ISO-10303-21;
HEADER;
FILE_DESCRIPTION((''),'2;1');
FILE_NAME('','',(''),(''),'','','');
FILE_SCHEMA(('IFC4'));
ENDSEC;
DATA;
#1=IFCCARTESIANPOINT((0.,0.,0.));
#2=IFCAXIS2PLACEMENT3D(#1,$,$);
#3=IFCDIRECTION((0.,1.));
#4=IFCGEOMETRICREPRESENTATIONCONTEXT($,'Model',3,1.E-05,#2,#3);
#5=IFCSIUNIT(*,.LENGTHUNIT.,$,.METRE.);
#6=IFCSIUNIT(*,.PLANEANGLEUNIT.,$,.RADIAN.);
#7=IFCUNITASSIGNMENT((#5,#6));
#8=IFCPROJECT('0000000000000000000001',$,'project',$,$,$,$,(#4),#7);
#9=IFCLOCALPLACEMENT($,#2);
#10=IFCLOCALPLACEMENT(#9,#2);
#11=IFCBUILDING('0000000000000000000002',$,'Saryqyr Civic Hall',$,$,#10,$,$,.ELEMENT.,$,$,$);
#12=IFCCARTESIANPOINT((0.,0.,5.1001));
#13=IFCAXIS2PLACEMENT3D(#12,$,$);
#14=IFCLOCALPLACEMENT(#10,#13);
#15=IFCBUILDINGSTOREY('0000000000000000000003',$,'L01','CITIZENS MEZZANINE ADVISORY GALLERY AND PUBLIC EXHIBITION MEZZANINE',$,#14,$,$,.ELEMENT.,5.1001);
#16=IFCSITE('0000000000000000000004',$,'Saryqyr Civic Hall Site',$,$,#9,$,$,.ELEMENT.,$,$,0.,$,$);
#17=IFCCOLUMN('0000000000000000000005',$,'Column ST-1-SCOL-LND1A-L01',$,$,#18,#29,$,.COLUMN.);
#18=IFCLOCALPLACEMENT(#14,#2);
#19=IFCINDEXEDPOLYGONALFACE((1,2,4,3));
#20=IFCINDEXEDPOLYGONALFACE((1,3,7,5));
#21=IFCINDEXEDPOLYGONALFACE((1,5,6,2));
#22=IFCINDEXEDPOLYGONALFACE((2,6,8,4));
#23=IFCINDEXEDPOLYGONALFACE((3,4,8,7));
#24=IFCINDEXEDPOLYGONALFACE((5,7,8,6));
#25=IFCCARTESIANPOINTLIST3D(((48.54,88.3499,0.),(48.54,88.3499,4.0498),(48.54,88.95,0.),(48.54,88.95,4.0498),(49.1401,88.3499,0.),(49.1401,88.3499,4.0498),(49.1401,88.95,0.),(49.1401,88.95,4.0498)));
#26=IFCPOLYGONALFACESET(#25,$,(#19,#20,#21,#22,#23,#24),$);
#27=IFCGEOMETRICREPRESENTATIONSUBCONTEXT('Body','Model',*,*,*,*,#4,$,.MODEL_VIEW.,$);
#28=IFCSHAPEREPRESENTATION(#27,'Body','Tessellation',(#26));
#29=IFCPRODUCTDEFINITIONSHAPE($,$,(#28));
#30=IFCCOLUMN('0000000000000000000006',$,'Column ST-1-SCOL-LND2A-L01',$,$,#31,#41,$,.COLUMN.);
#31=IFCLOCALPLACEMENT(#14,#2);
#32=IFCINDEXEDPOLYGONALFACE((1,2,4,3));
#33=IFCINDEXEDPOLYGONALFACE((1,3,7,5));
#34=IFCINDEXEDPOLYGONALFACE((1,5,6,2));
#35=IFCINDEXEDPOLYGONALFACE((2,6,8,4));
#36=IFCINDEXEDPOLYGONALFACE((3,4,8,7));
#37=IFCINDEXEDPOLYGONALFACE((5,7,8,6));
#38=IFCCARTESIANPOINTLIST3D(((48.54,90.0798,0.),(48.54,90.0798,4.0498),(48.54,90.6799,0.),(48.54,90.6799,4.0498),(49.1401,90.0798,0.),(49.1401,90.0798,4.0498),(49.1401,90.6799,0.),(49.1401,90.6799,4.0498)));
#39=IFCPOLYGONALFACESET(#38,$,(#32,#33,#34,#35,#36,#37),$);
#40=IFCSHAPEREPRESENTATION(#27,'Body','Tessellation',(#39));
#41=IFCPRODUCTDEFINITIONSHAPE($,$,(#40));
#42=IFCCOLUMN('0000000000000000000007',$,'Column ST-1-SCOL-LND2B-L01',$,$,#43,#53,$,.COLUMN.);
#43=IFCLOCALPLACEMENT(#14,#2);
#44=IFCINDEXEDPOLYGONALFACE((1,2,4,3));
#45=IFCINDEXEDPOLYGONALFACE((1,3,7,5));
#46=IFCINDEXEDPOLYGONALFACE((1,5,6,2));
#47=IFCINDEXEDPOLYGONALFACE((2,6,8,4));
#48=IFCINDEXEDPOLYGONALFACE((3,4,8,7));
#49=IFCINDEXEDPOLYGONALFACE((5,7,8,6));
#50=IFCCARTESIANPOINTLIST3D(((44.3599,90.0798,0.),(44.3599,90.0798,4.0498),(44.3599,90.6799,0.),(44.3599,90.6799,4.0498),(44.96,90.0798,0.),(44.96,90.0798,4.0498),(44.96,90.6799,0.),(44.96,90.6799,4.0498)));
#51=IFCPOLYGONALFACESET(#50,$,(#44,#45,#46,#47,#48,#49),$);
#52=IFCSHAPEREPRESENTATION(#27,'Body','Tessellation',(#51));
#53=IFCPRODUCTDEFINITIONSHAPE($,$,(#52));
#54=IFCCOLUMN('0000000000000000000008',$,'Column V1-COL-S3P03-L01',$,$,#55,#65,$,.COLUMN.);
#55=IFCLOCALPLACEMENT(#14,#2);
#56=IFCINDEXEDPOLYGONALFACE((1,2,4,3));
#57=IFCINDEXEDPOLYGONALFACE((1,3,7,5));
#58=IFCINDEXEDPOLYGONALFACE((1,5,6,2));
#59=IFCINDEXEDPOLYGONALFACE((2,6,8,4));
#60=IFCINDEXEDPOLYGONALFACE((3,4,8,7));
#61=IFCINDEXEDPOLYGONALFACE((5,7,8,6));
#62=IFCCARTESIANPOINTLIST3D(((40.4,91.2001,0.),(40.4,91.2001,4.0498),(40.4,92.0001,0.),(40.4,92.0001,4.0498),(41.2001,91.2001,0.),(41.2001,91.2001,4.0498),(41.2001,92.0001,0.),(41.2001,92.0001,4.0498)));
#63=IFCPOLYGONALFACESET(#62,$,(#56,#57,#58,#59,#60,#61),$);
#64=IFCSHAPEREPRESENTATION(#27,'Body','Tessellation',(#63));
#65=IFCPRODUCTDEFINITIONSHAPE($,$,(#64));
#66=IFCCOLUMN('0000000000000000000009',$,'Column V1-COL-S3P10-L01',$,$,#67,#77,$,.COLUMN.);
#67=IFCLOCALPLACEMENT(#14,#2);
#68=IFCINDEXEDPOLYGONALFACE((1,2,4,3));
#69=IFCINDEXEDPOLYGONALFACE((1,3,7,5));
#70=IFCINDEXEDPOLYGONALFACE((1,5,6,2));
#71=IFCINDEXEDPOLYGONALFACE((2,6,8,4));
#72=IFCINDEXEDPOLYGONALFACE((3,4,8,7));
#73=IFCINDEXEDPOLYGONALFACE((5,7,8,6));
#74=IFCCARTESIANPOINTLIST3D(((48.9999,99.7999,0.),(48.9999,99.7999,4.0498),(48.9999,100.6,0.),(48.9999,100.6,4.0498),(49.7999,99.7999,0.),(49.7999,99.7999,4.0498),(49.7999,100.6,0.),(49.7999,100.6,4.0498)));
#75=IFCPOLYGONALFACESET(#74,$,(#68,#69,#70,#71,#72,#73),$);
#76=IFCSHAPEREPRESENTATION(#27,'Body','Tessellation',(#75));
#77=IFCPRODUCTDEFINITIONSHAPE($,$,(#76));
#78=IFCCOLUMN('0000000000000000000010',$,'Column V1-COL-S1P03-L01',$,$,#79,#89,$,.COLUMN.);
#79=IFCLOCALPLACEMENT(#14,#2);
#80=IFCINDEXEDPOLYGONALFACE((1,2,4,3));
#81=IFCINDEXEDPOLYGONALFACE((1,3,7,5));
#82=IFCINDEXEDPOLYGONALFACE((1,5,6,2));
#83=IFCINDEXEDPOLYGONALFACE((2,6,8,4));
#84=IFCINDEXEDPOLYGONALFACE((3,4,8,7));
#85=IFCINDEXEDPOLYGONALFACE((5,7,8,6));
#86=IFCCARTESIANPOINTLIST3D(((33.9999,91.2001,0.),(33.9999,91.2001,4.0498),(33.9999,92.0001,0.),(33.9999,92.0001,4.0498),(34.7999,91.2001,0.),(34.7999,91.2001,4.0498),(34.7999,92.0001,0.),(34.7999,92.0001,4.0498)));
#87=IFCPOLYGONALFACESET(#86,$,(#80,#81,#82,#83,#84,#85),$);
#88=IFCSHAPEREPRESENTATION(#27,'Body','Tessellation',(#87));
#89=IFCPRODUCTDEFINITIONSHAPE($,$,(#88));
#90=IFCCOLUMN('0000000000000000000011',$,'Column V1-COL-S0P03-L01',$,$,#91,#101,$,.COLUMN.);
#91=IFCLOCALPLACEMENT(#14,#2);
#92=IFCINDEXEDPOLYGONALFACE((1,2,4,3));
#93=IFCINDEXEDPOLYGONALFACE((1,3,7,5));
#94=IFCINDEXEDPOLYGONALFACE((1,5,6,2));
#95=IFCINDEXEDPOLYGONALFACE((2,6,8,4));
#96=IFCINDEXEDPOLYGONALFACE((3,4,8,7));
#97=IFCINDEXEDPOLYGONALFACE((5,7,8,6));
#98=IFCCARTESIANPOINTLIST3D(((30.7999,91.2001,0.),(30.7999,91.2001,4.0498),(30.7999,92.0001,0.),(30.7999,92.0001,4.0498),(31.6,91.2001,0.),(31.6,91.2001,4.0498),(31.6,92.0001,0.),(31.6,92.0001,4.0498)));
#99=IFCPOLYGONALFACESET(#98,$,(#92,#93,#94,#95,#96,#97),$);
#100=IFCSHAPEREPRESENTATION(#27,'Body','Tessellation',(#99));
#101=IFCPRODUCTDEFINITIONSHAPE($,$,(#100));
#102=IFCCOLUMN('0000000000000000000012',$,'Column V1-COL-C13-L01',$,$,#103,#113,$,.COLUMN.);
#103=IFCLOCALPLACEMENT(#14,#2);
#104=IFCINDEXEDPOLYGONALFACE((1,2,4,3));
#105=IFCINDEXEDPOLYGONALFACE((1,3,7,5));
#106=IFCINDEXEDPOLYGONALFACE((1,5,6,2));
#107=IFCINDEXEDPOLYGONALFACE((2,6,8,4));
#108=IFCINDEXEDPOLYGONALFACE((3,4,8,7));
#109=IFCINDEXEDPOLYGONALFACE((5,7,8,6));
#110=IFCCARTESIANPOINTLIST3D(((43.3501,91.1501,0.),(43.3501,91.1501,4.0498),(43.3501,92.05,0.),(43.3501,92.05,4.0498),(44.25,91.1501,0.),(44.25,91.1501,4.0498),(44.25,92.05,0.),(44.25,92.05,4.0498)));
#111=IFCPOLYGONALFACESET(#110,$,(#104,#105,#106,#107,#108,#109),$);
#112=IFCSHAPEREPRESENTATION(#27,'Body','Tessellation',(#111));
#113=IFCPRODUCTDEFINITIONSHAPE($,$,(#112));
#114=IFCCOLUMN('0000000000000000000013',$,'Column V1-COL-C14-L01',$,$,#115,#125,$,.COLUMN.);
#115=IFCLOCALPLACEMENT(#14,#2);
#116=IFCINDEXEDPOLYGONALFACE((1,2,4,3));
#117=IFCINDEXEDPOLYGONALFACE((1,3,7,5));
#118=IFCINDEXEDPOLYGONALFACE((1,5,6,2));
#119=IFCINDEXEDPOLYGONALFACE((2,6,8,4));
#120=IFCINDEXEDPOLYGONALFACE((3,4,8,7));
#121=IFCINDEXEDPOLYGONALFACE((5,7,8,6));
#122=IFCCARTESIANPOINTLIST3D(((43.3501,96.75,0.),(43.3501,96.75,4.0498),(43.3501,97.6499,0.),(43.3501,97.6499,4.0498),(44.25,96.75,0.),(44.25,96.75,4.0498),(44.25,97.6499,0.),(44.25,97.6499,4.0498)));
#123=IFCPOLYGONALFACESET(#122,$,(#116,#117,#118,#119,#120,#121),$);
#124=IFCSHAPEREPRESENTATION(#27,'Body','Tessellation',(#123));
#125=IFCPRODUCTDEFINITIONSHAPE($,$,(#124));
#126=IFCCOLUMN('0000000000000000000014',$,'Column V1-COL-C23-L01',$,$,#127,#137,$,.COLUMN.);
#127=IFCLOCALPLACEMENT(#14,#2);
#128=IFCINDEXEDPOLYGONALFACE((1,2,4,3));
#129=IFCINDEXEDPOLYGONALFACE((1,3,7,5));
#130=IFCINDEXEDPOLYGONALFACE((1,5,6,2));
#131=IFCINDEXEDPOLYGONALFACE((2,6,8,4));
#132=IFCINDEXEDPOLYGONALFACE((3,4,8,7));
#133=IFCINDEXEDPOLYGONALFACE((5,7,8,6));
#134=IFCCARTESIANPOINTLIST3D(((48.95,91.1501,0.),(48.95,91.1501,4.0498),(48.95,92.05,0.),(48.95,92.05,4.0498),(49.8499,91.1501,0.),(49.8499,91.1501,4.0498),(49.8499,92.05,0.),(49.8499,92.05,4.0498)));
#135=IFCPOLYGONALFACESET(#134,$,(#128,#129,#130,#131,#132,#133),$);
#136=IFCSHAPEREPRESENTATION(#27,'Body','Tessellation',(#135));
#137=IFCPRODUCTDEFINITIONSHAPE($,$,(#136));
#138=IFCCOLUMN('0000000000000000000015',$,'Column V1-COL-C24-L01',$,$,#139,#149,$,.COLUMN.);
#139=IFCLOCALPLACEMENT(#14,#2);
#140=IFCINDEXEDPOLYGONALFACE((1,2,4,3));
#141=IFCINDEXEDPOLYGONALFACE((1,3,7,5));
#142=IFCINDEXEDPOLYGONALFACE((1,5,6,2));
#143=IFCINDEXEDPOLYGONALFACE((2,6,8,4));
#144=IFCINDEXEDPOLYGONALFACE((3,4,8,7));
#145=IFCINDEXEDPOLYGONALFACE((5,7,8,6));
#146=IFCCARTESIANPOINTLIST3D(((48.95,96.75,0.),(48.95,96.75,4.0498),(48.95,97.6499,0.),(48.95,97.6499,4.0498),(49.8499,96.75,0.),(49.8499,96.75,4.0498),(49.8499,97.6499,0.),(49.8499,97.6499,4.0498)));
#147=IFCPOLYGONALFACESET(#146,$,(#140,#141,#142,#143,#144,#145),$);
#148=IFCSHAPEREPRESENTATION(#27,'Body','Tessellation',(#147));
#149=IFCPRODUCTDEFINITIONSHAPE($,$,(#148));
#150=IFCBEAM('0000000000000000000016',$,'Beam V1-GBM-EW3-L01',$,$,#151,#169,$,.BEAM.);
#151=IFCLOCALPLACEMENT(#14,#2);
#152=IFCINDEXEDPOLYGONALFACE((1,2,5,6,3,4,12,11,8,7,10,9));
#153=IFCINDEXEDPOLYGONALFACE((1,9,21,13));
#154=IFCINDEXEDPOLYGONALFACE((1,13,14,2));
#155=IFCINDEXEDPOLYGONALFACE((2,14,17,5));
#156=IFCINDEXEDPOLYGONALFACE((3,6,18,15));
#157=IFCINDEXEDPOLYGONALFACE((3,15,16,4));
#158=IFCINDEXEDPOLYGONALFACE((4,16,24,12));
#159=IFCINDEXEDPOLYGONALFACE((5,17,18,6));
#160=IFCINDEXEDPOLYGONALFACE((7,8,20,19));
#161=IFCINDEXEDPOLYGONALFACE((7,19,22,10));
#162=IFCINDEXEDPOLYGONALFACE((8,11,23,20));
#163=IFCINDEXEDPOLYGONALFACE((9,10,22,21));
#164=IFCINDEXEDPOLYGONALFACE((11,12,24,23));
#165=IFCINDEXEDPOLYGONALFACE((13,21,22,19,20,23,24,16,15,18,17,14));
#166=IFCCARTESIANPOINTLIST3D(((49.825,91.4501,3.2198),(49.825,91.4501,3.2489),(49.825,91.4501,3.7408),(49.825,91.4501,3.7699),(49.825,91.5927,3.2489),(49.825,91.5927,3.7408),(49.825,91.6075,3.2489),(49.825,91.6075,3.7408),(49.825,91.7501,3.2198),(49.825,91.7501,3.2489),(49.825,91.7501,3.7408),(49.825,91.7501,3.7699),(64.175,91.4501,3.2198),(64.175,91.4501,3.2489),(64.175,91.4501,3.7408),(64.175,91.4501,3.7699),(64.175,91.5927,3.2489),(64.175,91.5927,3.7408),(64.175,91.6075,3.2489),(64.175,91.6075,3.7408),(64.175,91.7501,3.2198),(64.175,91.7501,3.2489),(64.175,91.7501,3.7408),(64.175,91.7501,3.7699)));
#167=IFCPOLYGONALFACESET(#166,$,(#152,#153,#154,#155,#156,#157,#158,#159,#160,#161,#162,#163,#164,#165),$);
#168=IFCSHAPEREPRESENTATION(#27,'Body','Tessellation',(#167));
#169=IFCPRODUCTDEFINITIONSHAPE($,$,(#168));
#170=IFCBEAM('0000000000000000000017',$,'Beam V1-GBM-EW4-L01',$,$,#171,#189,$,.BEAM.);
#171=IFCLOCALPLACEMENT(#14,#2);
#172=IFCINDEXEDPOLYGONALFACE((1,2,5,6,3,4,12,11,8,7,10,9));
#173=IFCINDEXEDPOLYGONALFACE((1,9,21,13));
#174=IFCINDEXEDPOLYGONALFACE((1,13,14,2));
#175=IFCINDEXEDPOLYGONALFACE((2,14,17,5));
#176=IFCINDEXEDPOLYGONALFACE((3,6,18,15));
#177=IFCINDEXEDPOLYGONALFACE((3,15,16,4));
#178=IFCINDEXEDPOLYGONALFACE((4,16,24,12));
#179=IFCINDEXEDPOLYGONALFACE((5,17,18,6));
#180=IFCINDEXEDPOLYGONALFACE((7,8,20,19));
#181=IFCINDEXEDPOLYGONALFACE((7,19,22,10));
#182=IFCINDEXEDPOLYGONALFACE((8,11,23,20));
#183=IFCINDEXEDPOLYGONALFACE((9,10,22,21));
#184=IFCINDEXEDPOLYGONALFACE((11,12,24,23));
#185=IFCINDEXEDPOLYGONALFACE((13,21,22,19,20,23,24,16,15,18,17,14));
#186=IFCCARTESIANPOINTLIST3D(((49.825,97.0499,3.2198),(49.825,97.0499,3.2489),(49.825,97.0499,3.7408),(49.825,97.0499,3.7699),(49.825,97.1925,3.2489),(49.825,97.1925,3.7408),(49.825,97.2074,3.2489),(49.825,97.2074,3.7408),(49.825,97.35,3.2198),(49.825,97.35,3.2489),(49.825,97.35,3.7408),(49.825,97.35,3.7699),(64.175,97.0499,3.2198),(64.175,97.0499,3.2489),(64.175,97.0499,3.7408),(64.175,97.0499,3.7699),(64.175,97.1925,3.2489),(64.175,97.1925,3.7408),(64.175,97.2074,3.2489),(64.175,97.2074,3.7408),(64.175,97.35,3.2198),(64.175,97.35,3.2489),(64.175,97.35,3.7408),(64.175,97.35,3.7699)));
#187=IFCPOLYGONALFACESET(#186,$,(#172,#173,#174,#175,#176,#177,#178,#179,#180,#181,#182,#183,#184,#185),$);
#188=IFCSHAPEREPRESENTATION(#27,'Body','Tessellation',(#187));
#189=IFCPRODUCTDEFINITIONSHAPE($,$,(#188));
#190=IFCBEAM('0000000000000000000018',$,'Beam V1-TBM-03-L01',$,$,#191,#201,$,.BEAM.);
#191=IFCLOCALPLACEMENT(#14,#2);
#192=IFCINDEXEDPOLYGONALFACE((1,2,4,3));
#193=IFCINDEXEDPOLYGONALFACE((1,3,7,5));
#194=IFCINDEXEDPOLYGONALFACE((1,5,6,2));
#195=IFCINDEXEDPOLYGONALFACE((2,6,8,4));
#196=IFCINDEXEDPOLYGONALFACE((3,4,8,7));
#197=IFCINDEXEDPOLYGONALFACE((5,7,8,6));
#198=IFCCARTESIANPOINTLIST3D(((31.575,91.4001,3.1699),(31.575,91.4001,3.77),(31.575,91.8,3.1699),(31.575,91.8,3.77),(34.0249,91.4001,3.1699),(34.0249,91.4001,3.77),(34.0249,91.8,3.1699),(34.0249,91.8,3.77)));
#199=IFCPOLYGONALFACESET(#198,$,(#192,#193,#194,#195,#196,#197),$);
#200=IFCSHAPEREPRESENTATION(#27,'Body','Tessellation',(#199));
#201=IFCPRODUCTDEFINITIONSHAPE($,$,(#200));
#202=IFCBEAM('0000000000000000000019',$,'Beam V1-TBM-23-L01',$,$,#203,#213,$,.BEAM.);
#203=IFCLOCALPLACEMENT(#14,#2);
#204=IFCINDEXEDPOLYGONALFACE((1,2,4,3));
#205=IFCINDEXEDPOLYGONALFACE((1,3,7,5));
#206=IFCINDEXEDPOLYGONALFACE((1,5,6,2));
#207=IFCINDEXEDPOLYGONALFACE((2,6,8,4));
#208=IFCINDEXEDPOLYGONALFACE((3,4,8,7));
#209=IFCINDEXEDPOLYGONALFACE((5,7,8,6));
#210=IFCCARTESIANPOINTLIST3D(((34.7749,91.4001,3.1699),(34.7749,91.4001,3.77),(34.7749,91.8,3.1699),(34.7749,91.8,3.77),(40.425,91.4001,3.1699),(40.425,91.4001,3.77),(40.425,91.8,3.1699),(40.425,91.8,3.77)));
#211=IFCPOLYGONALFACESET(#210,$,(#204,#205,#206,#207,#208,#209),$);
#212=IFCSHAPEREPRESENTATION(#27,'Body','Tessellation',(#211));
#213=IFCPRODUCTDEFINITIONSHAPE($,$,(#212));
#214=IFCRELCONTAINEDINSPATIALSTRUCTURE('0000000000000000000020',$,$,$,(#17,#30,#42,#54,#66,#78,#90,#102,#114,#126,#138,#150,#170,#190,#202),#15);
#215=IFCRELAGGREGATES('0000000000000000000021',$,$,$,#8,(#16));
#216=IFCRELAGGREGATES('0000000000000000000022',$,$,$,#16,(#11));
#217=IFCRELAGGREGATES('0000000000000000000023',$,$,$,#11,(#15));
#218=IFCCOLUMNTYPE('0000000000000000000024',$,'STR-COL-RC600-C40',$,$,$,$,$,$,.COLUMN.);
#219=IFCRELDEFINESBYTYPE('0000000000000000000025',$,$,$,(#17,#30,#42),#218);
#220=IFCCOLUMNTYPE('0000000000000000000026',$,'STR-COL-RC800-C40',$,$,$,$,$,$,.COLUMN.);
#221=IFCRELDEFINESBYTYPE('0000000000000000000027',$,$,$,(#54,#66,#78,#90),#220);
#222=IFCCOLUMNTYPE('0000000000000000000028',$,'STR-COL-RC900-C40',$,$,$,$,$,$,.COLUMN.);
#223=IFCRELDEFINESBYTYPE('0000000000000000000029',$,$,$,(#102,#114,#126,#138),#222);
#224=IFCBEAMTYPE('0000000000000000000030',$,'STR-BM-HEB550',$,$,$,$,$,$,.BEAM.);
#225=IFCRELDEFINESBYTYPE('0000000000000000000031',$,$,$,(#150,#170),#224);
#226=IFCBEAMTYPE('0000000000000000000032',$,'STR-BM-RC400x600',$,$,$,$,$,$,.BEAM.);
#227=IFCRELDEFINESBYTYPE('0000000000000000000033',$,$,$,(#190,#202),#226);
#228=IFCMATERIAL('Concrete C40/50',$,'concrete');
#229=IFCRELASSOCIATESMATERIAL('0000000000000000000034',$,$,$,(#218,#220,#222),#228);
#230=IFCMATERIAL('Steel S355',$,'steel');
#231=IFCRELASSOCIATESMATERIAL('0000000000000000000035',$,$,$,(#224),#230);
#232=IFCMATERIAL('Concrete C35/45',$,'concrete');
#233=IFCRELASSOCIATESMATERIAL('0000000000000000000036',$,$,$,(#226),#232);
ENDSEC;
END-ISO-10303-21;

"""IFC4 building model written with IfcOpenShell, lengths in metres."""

from ifc_helpers import new_model, si_unit, direction, frame, origin, origin_2d, place, context, subcontext, project, spatial, rectangle, i_section, extrude, material, material_profile, profile_set, type_object, element, save


model = new_model("IFC4")

# Units and contexts
model_context = context("Model", 3, precision=1e-05, world=origin(), true_north=direction((0.0, 1.0)))
body_context = subcontext(model_context, "Body", "Model", "MODEL_VIEW")
ifc_project = project(units=[si_unit("LENGTHUNIT", "METRE"), si_unit("PLANEANGLEUNIT", "RADIAN")], contexts=[model_context])

# Site, building, storey
site_placement = place(None, origin())
site = spatial("IfcSite", under=ifc_project, at=site_placement, Name="Saryqyr Civic Hall Site", CompositionType="ELEMENT", RefElevation=0.0)
building_placement = place(site_placement, origin())
building = spatial("IfcBuilding", under=site, at=building_placement, Name="Saryqyr Civic Hall", CompositionType="ELEMENT")
storey_placement = place(building_placement, frame((0.0, 0.0, 5.1001)))
storey = spatial("IfcBuildingStorey", under=building, at=storey_placement, Name="L01", Description="CITIZENS MEZZANINE ADVISORY GALLERY AND PUBLIC EXHIBITION MEZZANINE", CompositionType="ELEMENT", Elevation=5.1001)

# Columns
ifc_material_1 = material(Name="Concrete C40/50", Category="concrete")
ifc_material_profile_1 = material_profile(ifc_material_1, rectangle(XDim=0.6001, YDim=0.6001, at=origin_2d()), Name="RC 600x600")
ifc_profile_set_1 = profile_set([ifc_material_profile_1], Name="Concrete C40/50")
column_type_1 = type_object("IfcColumnType", Name="STR-COL-RC600-C40", PredefinedType="COLUMN", material=ifc_profile_set_1)
for number, where, z_axis, x_axis, name in (
    (1, (48.8401, 88.6499, 0.0), (0.0, 0.0, 1.0), (1.0, 0.0, 0.0), "Column ST-1-SCOL-LND1A-L01"),
    (2, (48.8401, 90.3799, 0.0), (0.0, 0.0, 1.0), (1.0, 0.0, 0.0), "Column ST-1-SCOL-LND2A-L01"),
    (3, (44.6599, 90.3799, 0.0), (0.0, 0.0, 1.0), (1.0, 0.0, 0.0), "Column ST-1-SCOL-LND2B-L01"),
):
    element("IfcColumn", number, at=place(storey_placement, frame(where, z_axis=z_axis, x_axis=x_axis)), inside=storey, type_object=column_type_1, Name=name, PredefinedType="COLUMN", context=body_context, shape_type="SweptSolid", body=[
        extrude(rectangle(XDim=0.6001, YDim=0.6001, at=origin_2d()), origin(), (0.0, 0.0, 1.0), 4.0498),
    ])
ifc_material_profile_2 = material_profile(ifc_material_1, rectangle(XDim=0.8, YDim=0.8, at=origin_2d()), Name="RC 800x800")
ifc_profile_set_2 = profile_set([ifc_material_profile_2], Name="Concrete C40/50")
column_type_2 = type_object("IfcColumnType", Name="STR-COL-RC800-C40", PredefinedType="COLUMN", material=ifc_profile_set_2)
for number, where, z_axis, x_axis, name in (
    (4, (40.8, 91.6001, 0.0), (0.0, 0.0, 1.0), (1.0, 0.0, 0.0), "Column V1-COL-S3P03-L01"),
    (5, (49.3999, 100.2, 0.0), (0.0, 0.0, 1.0), (1.0, 0.0, 0.0), "Column V1-COL-S3P10-L01"),
    (6, (34.3999, 91.6001, 0.0), (0.0, 0.0, 1.0), (1.0, 0.0, 0.0), "Column V1-COL-S1P03-L01"),
    (7, (31.2, 91.6001, 0.0), (0.0, 0.0, 1.0), (1.0, 0.0, 0.0), "Column V1-COL-S0P03-L01"),
):
    element("IfcColumn", number, at=place(storey_placement, frame(where, z_axis=z_axis, x_axis=x_axis)), inside=storey, type_object=column_type_2, Name=name, PredefinedType="COLUMN", context=body_context, shape_type="SweptSolid", body=[
        extrude(rectangle(XDim=0.8, YDim=0.8, at=origin_2d()), origin(), (0.0, 0.0, 1.0), 4.0498),
    ])
ifc_material_profile_3 = material_profile(ifc_material_1, rectangle(XDim=0.8999, YDim=0.8999, at=origin_2d()), Name="RC 900x900")
ifc_profile_set_3 = profile_set([ifc_material_profile_3], Name="Concrete C40/50")
column_type_3 = type_object("IfcColumnType", Name="STR-COL-RC900-C40", PredefinedType="COLUMN", material=ifc_profile_set_3)
for number, where, z_axis, x_axis, name in (
    (8, (43.8, 91.6001, 0.0), (0.0, 0.0, 1.0), (1.0, 0.0, 0.0), "Column V1-COL-C13-L01"),
    (9, (43.8, 97.2, 0.0), (0.0, 0.0, 1.0), (1.0, 0.0, 0.0), "Column V1-COL-C14-L01"),
    (10, (49.3999, 91.6001, 0.0), (0.0, 0.0, 1.0), (1.0, 0.0, 0.0), "Column V1-COL-C23-L01"),
    (11, (49.3999, 97.2, 0.0), (0.0, 0.0, 1.0), (1.0, 0.0, 0.0), "Column V1-COL-C24-L01"),
):
    element("IfcColumn", number, at=place(storey_placement, frame(where, z_axis=z_axis, x_axis=x_axis)), inside=storey, type_object=column_type_3, Name=name, PredefinedType="COLUMN", context=body_context, shape_type="SweptSolid", body=[
        extrude(rectangle(XDim=0.8999, YDim=0.8999, at=origin_2d()), origin(), (0.0, 0.0, 1.0), 4.0498),
    ])

# Beams
ifc_material_2 = material(Name="Steel S355", Category="steel")
ifc_material_profile_4 = material_profile(ifc_material_2, i_section(OverallWidth=0.3, OverallDepth=0.55, WebThickness=0.0149, FlangeThickness=0.0291, at=origin_2d()), Name="HEB 550")
ifc_profile_set_4 = profile_set([ifc_material_profile_4], Name="Steel S355")
beam_type_1 = type_object("IfcBeamType", Name="STR-BM-HEB550", PredefinedType="BEAM", material=ifc_profile_set_4)
for number, where, z_axis, x_axis, name in (
    (12, (49.825, 91.6001, 3.4949), (1.0, 0.0, 0.0), (0.0, 1.0, 0.0), "Beam V1-GBM-EW3-L01"),
    (13, (49.825, 97.2, 3.4949), (1.0, 0.0, 0.0), (0.0, 1.0, 0.0), "Beam V1-GBM-EW4-L01"),
):
    element("IfcBeam", number, at=place(storey_placement, frame(where, z_axis=z_axis, x_axis=x_axis)), inside=storey, type_object=beam_type_1, Name=name, PredefinedType="BEAM", context=body_context, shape_type="SweptSolid", body=[
        extrude(i_section(OverallWidth=0.3, OverallDepth=0.55, WebThickness=0.0149, FlangeThickness=0.0291, at=origin_2d()), origin(), (0.0, 0.0, 1.0), 14.3501),
    ])
ifc_material_3 = material(Name="Concrete C35/45", Category="concrete")
ifc_material_profile_5 = material_profile(ifc_material_3, rectangle(XDim=0.3999, YDim=0.6001, at=origin_2d()), Name="RC 400x600")
ifc_profile_set_5 = profile_set([ifc_material_profile_5], Name="Concrete C35/45")
beam_type_2 = type_object("IfcBeamType", Name="STR-BM-RC400x600", PredefinedType="BEAM", material=ifc_profile_set_5)
beam_1_placement = place(storey_placement, frame((31.575, 91.6001, 3.47), z_axis=(1.0, 0.0, 0.0), x_axis=(0.0, 1.0, 0.0)))
element("IfcBeam", 14, at=beam_1_placement, inside=storey, type_object=beam_type_2, Name="Beam V1-TBM-03-L01", PredefinedType="BEAM", context=body_context, shape_type="SweptSolid", body=[
    extrude(rectangle(XDim=0.3999, YDim=0.6001, at=origin_2d()), origin(), (0.0, 0.0, 1.0), 2.45),
])
for number, where, z_axis, x_axis, name in (
    (15, (34.7749, 91.6001, 3.47), (1.0, 0.0, 0.0), (0.0, 1.0, 0.0), "Beam V1-TBM-23-L01"),
):
    element("IfcBeam", number, at=place(storey_placement, frame(where, z_axis=z_axis, x_axis=x_axis)), inside=storey, type_object=beam_type_2, Name=name, PredefinedType="BEAM", context=body_context, shape_type="SweptSolid", body=[
        extrude(rectangle(XDim=0.3999, YDim=0.6001, at=origin_2d()), origin(), (0.0, 0.0, 1.0), 5.6501),
    ])

save(model, "model.ifc")
